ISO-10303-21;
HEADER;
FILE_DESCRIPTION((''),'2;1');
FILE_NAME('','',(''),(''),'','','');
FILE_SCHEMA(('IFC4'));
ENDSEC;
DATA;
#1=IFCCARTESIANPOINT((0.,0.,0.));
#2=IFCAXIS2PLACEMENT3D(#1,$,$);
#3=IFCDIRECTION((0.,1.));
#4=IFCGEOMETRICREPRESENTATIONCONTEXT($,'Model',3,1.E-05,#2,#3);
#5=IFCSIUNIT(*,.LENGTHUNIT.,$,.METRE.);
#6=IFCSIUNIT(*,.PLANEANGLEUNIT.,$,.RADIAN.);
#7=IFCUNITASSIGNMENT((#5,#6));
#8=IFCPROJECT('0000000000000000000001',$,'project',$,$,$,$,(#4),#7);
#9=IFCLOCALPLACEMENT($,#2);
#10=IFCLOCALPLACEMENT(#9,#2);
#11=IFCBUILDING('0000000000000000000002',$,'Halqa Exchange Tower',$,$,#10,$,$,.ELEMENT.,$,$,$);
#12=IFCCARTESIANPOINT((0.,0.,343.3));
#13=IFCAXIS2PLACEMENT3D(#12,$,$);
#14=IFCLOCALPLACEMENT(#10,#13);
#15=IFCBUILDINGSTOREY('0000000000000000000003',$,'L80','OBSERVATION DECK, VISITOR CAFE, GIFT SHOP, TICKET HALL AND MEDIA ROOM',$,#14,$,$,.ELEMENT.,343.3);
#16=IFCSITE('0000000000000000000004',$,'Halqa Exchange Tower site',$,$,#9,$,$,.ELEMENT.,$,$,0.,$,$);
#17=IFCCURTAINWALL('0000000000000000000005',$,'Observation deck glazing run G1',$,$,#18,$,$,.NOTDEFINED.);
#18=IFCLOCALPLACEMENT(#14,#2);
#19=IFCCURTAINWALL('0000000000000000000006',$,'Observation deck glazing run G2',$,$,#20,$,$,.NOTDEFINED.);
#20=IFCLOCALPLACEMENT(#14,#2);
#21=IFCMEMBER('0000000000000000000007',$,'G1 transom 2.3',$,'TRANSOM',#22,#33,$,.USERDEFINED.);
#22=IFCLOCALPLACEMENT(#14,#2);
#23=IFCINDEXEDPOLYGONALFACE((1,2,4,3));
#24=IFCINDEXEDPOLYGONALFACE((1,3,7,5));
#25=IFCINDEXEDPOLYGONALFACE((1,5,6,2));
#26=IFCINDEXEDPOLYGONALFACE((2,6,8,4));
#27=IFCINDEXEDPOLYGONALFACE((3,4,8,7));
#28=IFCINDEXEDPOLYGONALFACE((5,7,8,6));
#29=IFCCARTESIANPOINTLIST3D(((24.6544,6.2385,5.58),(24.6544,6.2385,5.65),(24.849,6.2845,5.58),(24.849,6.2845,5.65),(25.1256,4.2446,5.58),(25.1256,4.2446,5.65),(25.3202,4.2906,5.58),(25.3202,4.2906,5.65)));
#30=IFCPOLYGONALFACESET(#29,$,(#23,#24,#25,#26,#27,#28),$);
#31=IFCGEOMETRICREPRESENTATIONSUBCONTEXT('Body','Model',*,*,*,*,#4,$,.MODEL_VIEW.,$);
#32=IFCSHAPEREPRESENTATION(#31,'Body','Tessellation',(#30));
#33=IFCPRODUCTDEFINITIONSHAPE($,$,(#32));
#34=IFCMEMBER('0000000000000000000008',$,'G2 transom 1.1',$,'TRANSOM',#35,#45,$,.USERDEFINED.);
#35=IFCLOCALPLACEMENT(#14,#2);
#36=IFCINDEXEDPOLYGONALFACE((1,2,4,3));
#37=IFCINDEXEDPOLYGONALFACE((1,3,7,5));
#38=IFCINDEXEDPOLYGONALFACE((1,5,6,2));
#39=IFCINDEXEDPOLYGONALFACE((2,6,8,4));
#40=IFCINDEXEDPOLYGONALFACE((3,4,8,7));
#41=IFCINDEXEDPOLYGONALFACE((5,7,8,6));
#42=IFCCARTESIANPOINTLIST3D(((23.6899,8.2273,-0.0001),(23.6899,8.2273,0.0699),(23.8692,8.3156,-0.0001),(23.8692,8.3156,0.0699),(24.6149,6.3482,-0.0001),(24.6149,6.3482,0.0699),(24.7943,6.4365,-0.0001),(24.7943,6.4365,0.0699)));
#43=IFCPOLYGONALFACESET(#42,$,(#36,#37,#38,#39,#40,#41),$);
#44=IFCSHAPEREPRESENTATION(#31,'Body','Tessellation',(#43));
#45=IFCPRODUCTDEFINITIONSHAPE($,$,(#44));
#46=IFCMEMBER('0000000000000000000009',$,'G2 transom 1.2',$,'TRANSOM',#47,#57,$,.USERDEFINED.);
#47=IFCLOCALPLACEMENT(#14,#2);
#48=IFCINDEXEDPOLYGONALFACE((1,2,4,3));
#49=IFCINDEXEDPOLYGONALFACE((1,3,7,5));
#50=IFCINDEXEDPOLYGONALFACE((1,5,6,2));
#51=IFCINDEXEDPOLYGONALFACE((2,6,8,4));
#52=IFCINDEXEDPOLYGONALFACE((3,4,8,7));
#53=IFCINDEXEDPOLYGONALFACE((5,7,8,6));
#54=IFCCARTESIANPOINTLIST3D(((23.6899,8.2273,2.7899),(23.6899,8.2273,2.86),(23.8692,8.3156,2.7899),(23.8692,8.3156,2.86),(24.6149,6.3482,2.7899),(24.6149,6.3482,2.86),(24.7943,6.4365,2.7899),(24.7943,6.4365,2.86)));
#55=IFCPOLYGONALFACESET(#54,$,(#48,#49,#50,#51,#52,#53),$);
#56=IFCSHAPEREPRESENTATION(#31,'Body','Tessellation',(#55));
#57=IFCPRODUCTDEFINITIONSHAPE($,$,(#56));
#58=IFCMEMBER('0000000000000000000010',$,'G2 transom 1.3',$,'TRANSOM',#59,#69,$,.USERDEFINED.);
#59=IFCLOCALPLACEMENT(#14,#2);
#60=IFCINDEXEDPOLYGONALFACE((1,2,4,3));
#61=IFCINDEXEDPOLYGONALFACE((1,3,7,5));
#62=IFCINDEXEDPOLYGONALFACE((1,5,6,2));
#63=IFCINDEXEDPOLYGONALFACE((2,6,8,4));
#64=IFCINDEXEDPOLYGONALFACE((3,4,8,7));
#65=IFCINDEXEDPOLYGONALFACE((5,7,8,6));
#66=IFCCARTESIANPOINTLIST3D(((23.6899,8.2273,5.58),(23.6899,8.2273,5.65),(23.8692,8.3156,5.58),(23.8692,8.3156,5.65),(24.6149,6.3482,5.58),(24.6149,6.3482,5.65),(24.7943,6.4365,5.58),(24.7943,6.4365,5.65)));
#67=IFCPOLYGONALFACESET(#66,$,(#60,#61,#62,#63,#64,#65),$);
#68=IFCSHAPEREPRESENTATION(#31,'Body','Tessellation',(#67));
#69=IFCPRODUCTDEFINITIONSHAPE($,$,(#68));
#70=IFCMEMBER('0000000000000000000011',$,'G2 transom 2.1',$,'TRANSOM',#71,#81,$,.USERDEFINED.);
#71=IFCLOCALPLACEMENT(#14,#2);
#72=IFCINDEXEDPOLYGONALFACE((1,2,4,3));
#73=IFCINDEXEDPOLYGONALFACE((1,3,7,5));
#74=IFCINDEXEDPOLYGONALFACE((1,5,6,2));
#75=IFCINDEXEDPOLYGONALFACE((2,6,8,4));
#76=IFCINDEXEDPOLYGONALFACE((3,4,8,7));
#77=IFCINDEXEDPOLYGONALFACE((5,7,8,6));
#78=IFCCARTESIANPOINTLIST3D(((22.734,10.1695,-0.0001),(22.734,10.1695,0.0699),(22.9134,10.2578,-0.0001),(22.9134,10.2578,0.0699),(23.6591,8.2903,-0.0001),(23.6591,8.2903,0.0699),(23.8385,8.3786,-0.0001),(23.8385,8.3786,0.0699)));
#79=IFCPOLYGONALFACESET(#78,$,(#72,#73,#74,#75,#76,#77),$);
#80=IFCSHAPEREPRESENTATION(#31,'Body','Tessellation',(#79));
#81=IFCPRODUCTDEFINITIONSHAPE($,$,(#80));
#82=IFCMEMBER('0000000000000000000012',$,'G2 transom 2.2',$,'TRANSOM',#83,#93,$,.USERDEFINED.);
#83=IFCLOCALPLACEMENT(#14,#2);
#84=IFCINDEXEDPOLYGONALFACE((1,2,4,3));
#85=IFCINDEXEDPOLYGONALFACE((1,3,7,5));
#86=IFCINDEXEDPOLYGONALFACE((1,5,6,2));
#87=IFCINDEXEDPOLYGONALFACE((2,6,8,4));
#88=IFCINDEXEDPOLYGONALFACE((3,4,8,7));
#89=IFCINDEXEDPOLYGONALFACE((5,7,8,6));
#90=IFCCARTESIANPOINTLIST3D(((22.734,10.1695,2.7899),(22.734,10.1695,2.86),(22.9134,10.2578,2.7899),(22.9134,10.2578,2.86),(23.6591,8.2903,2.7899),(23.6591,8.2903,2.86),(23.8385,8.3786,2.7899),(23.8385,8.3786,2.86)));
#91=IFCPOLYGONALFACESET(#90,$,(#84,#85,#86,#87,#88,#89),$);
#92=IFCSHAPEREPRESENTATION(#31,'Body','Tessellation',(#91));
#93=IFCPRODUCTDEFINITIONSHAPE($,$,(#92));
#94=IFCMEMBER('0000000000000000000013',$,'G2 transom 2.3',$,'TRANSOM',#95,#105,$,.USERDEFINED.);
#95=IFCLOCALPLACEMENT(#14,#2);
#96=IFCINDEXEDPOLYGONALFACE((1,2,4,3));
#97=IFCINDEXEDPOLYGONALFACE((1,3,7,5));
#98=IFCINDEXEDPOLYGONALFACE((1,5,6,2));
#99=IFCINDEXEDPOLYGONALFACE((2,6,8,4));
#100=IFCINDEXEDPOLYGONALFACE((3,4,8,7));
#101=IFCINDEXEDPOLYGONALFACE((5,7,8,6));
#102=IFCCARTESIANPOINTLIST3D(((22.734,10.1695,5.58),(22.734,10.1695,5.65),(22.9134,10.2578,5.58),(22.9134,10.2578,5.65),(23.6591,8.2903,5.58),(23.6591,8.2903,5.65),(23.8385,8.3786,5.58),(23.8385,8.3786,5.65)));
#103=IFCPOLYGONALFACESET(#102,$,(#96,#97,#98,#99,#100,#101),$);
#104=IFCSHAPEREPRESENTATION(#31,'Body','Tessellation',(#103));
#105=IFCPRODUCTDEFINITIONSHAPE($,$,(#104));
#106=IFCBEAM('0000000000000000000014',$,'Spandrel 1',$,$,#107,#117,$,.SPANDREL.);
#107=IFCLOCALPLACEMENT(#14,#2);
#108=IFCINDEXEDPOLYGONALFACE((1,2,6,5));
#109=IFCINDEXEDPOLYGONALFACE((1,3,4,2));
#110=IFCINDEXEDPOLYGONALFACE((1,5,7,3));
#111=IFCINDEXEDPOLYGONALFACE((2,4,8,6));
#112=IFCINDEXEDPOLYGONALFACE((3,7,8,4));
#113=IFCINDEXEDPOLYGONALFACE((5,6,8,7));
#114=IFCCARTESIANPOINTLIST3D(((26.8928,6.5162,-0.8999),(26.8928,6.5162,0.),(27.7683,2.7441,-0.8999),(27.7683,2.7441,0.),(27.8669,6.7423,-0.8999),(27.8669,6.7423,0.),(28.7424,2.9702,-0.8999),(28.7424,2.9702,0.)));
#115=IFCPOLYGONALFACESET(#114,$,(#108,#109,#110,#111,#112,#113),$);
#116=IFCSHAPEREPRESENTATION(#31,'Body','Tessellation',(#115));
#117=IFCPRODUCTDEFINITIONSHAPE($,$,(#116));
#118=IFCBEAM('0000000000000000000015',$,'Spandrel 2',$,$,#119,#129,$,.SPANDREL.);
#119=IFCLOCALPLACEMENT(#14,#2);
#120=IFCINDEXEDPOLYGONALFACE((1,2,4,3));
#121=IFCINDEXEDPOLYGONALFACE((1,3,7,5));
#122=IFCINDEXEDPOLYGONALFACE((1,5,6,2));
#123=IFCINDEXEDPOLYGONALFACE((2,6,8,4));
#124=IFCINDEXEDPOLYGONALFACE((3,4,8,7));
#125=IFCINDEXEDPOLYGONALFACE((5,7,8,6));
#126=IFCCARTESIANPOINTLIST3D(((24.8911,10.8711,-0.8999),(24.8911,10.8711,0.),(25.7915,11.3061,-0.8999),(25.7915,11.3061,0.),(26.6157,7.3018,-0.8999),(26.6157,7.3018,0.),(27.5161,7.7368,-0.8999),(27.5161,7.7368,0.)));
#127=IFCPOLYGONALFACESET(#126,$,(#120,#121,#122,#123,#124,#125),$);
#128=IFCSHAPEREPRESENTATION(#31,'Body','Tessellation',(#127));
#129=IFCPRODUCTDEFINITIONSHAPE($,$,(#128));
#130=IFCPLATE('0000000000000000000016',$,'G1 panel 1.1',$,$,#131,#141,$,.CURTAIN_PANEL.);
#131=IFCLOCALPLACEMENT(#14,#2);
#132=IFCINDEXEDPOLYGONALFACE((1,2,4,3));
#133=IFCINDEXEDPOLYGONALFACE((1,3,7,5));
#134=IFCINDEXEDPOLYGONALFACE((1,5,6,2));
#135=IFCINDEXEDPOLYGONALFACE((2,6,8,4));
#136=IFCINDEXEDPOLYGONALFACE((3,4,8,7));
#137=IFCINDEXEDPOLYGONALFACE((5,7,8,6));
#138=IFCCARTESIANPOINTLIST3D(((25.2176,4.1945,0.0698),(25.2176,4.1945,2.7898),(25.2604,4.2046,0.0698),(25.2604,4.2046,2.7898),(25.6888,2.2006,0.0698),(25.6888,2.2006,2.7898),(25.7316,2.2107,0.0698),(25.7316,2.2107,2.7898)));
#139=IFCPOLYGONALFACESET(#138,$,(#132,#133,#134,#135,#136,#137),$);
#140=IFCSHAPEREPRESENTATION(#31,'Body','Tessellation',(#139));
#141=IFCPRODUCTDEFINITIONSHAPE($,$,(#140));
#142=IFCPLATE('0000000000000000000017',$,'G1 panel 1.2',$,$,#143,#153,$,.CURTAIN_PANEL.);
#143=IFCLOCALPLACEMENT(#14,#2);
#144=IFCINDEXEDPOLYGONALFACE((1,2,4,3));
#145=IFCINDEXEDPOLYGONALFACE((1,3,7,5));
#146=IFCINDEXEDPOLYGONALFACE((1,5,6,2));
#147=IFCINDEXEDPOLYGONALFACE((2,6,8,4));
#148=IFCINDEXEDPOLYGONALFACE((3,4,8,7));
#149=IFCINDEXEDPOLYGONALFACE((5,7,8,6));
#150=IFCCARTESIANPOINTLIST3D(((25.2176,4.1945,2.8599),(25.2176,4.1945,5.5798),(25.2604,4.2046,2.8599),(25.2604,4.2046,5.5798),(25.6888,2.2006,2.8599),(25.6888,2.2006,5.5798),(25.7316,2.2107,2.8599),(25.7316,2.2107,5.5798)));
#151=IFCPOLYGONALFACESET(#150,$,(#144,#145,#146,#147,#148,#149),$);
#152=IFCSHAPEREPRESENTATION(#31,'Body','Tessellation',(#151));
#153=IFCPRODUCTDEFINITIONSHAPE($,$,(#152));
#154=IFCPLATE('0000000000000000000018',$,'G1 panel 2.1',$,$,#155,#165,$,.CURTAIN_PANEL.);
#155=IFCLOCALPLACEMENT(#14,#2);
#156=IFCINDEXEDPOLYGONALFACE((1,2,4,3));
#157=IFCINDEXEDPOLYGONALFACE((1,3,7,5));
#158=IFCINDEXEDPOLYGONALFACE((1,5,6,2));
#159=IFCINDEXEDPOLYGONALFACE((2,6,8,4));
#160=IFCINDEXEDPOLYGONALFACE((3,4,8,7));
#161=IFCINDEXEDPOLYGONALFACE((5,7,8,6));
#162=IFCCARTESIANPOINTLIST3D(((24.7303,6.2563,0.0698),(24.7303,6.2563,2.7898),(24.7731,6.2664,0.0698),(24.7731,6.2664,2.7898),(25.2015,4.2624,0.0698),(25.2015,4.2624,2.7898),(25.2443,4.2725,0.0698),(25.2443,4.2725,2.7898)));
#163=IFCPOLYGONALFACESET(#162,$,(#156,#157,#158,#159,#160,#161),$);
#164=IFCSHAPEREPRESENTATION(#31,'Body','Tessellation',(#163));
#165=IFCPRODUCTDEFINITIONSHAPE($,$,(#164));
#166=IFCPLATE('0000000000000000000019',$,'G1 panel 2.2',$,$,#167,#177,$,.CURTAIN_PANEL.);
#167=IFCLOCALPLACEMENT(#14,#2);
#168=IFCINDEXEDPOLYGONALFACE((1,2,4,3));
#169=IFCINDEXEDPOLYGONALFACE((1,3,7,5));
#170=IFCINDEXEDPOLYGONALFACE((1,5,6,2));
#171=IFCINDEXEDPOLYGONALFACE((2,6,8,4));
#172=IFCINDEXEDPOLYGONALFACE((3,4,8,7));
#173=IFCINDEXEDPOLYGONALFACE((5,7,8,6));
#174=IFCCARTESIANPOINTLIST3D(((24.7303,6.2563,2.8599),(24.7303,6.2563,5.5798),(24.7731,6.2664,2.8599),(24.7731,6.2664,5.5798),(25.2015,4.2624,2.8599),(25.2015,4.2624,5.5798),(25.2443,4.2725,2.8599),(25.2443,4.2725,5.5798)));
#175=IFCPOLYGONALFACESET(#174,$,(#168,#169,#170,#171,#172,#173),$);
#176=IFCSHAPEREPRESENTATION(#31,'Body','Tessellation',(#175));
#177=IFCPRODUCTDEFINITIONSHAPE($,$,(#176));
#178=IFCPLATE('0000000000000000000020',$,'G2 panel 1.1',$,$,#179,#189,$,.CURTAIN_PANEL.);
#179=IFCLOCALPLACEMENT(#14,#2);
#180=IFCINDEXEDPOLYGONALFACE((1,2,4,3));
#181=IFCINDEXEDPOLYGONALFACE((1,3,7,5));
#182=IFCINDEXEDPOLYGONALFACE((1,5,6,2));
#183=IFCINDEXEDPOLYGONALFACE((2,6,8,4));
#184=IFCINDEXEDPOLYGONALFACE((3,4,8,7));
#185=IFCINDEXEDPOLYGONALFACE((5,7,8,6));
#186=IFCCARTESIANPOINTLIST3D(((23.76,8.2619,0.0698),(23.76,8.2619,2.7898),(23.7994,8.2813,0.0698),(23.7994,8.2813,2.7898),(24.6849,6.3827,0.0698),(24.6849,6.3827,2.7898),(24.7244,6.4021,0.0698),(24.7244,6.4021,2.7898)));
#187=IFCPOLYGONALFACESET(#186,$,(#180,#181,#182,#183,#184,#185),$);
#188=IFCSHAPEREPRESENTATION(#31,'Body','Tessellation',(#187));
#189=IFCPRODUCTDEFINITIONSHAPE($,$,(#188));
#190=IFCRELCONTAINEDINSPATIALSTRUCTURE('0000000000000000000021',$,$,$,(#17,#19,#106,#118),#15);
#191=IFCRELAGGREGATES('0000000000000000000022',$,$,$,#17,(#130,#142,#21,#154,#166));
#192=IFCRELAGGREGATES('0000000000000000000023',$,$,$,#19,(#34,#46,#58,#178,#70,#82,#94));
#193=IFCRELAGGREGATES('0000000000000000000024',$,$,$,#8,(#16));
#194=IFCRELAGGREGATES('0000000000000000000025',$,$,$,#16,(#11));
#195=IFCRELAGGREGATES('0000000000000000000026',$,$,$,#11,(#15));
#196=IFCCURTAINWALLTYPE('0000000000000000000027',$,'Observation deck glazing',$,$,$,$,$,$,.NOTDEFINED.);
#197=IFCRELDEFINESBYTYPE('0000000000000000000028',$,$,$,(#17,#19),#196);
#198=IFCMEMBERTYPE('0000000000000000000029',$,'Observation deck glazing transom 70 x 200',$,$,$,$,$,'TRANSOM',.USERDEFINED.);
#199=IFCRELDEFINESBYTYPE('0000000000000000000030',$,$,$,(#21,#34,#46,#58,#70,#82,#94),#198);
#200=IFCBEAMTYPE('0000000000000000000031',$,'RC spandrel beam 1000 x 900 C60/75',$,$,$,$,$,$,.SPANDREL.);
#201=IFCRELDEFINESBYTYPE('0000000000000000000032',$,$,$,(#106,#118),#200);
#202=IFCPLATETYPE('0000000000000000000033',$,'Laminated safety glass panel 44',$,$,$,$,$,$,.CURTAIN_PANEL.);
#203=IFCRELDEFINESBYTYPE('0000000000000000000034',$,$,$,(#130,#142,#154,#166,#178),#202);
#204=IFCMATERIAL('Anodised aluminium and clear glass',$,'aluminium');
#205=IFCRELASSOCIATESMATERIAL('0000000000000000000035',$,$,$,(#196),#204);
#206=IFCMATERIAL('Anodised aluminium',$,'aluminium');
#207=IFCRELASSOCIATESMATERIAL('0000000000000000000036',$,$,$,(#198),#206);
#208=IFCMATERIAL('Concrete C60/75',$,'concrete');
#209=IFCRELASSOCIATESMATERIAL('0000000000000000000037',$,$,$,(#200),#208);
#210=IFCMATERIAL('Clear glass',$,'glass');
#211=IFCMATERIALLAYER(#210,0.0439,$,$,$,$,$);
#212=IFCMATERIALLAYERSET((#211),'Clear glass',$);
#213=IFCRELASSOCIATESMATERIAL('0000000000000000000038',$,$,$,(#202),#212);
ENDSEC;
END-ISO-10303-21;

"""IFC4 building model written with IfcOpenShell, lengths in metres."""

from ifc_helpers import new_model, si_unit, direction, frame, origin, origin_2d, place, context, subcontext, project, spatial, rectangle, extrude, material, layer, layer_set, material_profile, profile_set, type_object, element, aggregate, save


model = new_model("IFC4")

# Units and contexts
model_context = context("Model", 3, precision=1e-05, world=origin(), true_north=direction((0.0, 1.0)))
body_context = subcontext(model_context, "Body", "Model", "MODEL_VIEW")
ifc_project = project(units=[si_unit("LENGTHUNIT", "METRE"), si_unit("PLANEANGLEUNIT", "RADIAN")], contexts=[model_context])

# Site, building, storey
site_placement = place(None, origin())
site = spatial("IfcSite", under=ifc_project, at=site_placement, Name="Halqa Exchange Tower site", CompositionType="ELEMENT", RefElevation=0.0)
building_placement = place(site_placement, origin())
building = spatial("IfcBuilding", under=site, at=building_placement, Name="Halqa Exchange Tower", CompositionType="ELEMENT")
storey_placement = place(building_placement, frame((0.0, 0.0, 343.3)))
storey = spatial("IfcBuildingStorey", under=building, at=storey_placement, Name="L80", Description="OBSERVATION DECK, VISITOR CAFE, GIFT SHOP, TICKET HALL AND MEDIA ROOM", CompositionType="ELEMENT", Elevation=343.3)

# Curtain walls
ifc_material_1 = material(Name="Anodised aluminium and clear glass", Category="aluminium")
curtain_wall_type = type_object("IfcCurtainWallType", Name="Observation deck glazing", PredefinedType="NOTDEFINED", material=ifc_material_1)
curtain_wall_1_placement = place(storey_placement, origin())
curtain_wall_1 = element("IfcCurtainWall", 1, at=curtain_wall_1_placement, inside=storey, type_object=curtain_wall_type, Name="Observation deck glazing run G1", PredefinedType="NOTDEFINED")
ifc_material_2 = material(Name="Anodised aluminium", Category="aluminium")
curtain_wall_2_placement = place(storey_placement, origin())
curtain_wall_2 = element("IfcCurtainWall", 2, at=curtain_wall_2_placement, inside=storey, type_object=curtain_wall_type, Name="Observation deck glazing run G2", PredefinedType="NOTDEFINED")

# Members
ifc_material_profile_1 = material_profile(ifc_material_2, rectangle(XDim=0.2, YDim=0.0701, at=origin_2d()), Name="AL 70x200")
ifc_profile_set_1 = profile_set([ifc_material_profile_1], Name="Anodised aluminium")
member_type_1 = type_object("IfcMemberType", Name="Observation deck glazing transom 70 x 200", ElementType="TRANSOM", PredefinedType="USERDEFINED", material=ifc_profile_set_1)
member_1_placement = place(storey_placement, frame((25.2229, 4.2676, 5.615), z_axis=(-0.229982, 0.973195, 0.0), x_axis=(-0.973195, -0.229982, 0.0)))
member_1 = element("IfcMember", 3, at=member_1_placement, type_object=member_type_1, Name="G1 transom 2.3", ObjectType="TRANSOM", PredefinedType="USERDEFINED", context=body_context, shape_type="SweptSolid", body=[
    extrude(rectangle(XDim=0.2, YDim=0.0701, at=origin_2d()), origin(), (0.0, 0.0, 1.0), 2.0488),
])
member_2_placement = place(storey_placement, frame((24.7046, 6.3923, 0.0349), z_axis=(-0.441657, 0.897184, 0.0), x_axis=(-0.897184, -0.441657, 0.0)))
member_2 = element("IfcMember", 4, at=member_2_placement, type_object=member_type_1, Name="G2 transom 1.1", ObjectType="TRANSOM", PredefinedType="USERDEFINED", context=body_context, shape_type="SweptSolid", body=[
    extrude(rectangle(XDim=0.2, YDim=0.0701, at=origin_2d()), origin(), (0.0, 0.0, 1.0), 2.0945),
])
member_3_placement = place(storey_placement, frame((24.7046, 6.3923, 2.825), z_axis=(-0.441657, 0.897184, 0.0), x_axis=(-0.897184, -0.441657, 0.0)))
member_3 = element("IfcMember", 5, at=member_3_placement, type_object=member_type_1, Name="G2 transom 1.2", ObjectType="TRANSOM", PredefinedType="USERDEFINED", context=body_context, shape_type="SweptSolid", body=[
    extrude(rectangle(XDim=0.2, YDim=0.0701, at=origin_2d()), origin(), (0.0, 0.0, 1.0), 2.0945),
])
member_4_placement = place(storey_placement, frame((24.7046, 6.3923, 5.615), z_axis=(-0.441657, 0.897184, 0.0), x_axis=(-0.897184, -0.441657, 0.0)))
member_4 = element("IfcMember", 6, at=member_4_placement, type_object=member_type_1, Name="G2 transom 1.3", ObjectType="TRANSOM", PredefinedType="USERDEFINED", context=body_context, shape_type="SweptSolid", body=[
    extrude(rectangle(XDim=0.2, YDim=0.0701, at=origin_2d()), origin(), (0.0, 0.0, 1.0), 2.0945),
])
member_5_placement = place(storey_placement, frame((23.7488, 8.3345, 0.0349), z_axis=(-0.441657, 0.897184, 0.0), x_axis=(-0.897184, -0.441657, 0.0)))
member_5 = element("IfcMember", 7, at=member_5_placement, type_object=member_type_1, Name="G2 transom 2.1", ObjectType="TRANSOM", PredefinedType="USERDEFINED", context=body_context, shape_type="SweptSolid", body=[
    extrude(rectangle(XDim=0.2, YDim=0.0701, at=origin_2d()), origin(), (0.0, 0.0, 1.0), 2.0945),
])
member_6_placement = place(storey_placement, frame((23.7488, 8.3345, 2.825), z_axis=(-0.441657, 0.897184, 0.0), x_axis=(-0.897184, -0.441657, 0.0)))
member_6 = element("IfcMember", 8, at=member_6_placement, type_object=member_type_1, Name="G2 transom 2.2", ObjectType="TRANSOM", PredefinedType="USERDEFINED", context=body_context, shape_type="SweptSolid", body=[
    extrude(rectangle(XDim=0.2, YDim=0.0701, at=origin_2d()), origin(), (0.0, 0.0, 1.0), 2.0945),
])
member_7_placement = place(storey_placement, frame((23.7488, 8.3345, 5.615), z_axis=(-0.441657, 0.897184, 0.0), x_axis=(-0.897184, -0.441657, 0.0)))
member_7 = element("IfcMember", 9, at=member_7_placement, type_object=member_type_1, Name="G2 transom 2.3", ObjectType="TRANSOM", PredefinedType="USERDEFINED", context=body_context, shape_type="SweptSolid", body=[
    extrude(rectangle(XDim=0.2, YDim=0.0701, at=origin_2d()), origin(), (0.0, 0.0, 1.0), 2.0945),
])

# Beams
ifc_material_3 = material(Name="Concrete C60/75", Category="concrete")
ifc_material_profile_2 = material_profile(ifc_material_3, rectangle(XDim=1.0, YDim=0.8999, at=origin_2d()), Name="1000 x 900")
ifc_profile_set_2 = profile_set([ifc_material_profile_2], Name="Concrete C60/75")
beam_type = type_object("IfcBeamType", Name="RC spandrel beam 1000 x 900 C60/75", PredefinedType="SPANDREL", material=ifc_profile_set_2)
beam_1_placement = place(storey_placement, frame((28.2554, 2.8572, -0.45), z_axis=(-0.226093, 0.974106, 0.0), x_axis=(-0.974106, -0.226093, 0.0)))
element("IfcBeam", 10, at=beam_1_placement, inside=storey, type_object=beam_type, Name="Spandrel 1", PredefinedType="SPANDREL", context=body_context, shape_type="SweptSolid", body=[
    extrude(rectangle(XDim=1.0, YDim=0.8999, at=origin_2d()), origin(), (0.0, 0.0, 1.0), 3.8723),
])
beam_2_placement = place(storey_placement, frame((27.0659, 7.5193, -0.45), z_axis=(-0.435052, 0.900405, 0.0), x_axis=(-0.900405, -0.435052, 0.0)))
element("IfcBeam", 11, at=beam_2_placement, inside=storey, type_object=beam_type, Name="Spandrel 2", PredefinedType="SPANDREL", context=body_context, shape_type="SweptSolid", body=[
    extrude(rectangle(XDim=1.0, YDim=0.8999, at=origin_2d()), origin(), (0.0, 0.0, 1.0), 3.9641),
])

# Plates
ifc_material_4 = material(Name="Clear glass", Category="glass")
ifc_layer_1 = layer(ifc_material_4, 0.0439)
ifc_layer_set_1 = layer_set([ifc_layer_1], Name="Clear glass")
plate_type = type_object("IfcPlateType", Name="Laminated safety glass panel 44", PredefinedType="CURTAIN_PANEL", material=ifc_layer_set_1)
plate_1_placement = place(storey_placement, frame((25.4746, 3.2026, 0.0698), z_axis=(0.0, 0.0, 1.0), x_axis=(-0.229995, 0.973192, 0.0)))
plate_1 = element("IfcPlate", 12, at=plate_1_placement, type_object=plate_type, Name="G1 panel 1.1", PredefinedType="CURTAIN_PANEL", context=body_context, shape_type="SweptSolid", body=[
    extrude(rectangle(XDim=2.0488, YDim=0.0439, at=origin_2d()), origin(), (0.0, 0.0, 1.0), 2.72),
])
plate_2_placement = place(storey_placement, frame((25.4746, 3.2026, 2.8599), z_axis=(0.0, 0.0, 1.0), x_axis=(-0.229995, 0.973192, 0.0)))
plate_2 = element("IfcPlate", 13, at=plate_2_placement, type_object=plate_type, Name="G1 panel 1.2", PredefinedType="CURTAIN_PANEL", context=body_context, shape_type="SweptSolid", body=[
    extrude(rectangle(XDim=2.0488, YDim=0.0439, at=origin_2d()), origin(), (0.0, 0.0, 1.0), 2.72),
])
plate_3_placement = place(storey_placement, frame((24.9873, 5.2644, 0.0698), z_axis=(0.0, 0.0, 1.0), x_axis=(-0.229995, 0.973192, 0.0)))
plate_3 = element("IfcPlate", 14, at=plate_3_placement, type_object=plate_type, Name="G1 panel 2.1", PredefinedType="CURTAIN_PANEL", context=body_context, shape_type="SweptSolid", body=[
    extrude(rectangle(XDim=2.0488, YDim=0.0439, at=origin_2d()), origin(), (0.0, 0.0, 1.0), 2.72),
])
plate_4_placement = place(storey_placement, frame((24.9873, 5.2644, 2.8599), z_axis=(0.0, 0.0, 1.0), x_axis=(-0.229995, 0.973192, 0.0)))
plate_4 = element("IfcPlate", 15, at=plate_4_placement, type_object=plate_type, Name="G1 panel 2.2", PredefinedType="CURTAIN_PANEL", context=body_context, shape_type="SweptSolid", body=[
    extrude(rectangle(XDim=2.0488, YDim=0.0439, at=origin_2d()), origin(), (0.0, 0.0, 1.0), 2.72),
])
aggregate(curtain_wall_1, [plate_1, plate_2, member_1, plate_3, plate_4])
plate_5_placement = place(storey_placement, frame((24.2422, 7.332, 0.0698), z_axis=(0.0, 0.0, 1.0), x_axis=(-0.441595, 0.897215, 0.0)))
plate_5 = element("IfcPlate", 16, at=plate_5_placement, type_object=plate_type, Name="G2 panel 1.1", PredefinedType="CURTAIN_PANEL", context=body_context, shape_type="SweptSolid", body=[
    extrude(rectangle(XDim=2.0945, YDim=0.0439, at=origin_2d()), origin(), (0.0, 0.0, 1.0), 2.72),
])
aggregate(curtain_wall_2, [member_2, member_3, member_4, plate_5, member_5, member_6, member_7])

save(model, "model.ifc")
